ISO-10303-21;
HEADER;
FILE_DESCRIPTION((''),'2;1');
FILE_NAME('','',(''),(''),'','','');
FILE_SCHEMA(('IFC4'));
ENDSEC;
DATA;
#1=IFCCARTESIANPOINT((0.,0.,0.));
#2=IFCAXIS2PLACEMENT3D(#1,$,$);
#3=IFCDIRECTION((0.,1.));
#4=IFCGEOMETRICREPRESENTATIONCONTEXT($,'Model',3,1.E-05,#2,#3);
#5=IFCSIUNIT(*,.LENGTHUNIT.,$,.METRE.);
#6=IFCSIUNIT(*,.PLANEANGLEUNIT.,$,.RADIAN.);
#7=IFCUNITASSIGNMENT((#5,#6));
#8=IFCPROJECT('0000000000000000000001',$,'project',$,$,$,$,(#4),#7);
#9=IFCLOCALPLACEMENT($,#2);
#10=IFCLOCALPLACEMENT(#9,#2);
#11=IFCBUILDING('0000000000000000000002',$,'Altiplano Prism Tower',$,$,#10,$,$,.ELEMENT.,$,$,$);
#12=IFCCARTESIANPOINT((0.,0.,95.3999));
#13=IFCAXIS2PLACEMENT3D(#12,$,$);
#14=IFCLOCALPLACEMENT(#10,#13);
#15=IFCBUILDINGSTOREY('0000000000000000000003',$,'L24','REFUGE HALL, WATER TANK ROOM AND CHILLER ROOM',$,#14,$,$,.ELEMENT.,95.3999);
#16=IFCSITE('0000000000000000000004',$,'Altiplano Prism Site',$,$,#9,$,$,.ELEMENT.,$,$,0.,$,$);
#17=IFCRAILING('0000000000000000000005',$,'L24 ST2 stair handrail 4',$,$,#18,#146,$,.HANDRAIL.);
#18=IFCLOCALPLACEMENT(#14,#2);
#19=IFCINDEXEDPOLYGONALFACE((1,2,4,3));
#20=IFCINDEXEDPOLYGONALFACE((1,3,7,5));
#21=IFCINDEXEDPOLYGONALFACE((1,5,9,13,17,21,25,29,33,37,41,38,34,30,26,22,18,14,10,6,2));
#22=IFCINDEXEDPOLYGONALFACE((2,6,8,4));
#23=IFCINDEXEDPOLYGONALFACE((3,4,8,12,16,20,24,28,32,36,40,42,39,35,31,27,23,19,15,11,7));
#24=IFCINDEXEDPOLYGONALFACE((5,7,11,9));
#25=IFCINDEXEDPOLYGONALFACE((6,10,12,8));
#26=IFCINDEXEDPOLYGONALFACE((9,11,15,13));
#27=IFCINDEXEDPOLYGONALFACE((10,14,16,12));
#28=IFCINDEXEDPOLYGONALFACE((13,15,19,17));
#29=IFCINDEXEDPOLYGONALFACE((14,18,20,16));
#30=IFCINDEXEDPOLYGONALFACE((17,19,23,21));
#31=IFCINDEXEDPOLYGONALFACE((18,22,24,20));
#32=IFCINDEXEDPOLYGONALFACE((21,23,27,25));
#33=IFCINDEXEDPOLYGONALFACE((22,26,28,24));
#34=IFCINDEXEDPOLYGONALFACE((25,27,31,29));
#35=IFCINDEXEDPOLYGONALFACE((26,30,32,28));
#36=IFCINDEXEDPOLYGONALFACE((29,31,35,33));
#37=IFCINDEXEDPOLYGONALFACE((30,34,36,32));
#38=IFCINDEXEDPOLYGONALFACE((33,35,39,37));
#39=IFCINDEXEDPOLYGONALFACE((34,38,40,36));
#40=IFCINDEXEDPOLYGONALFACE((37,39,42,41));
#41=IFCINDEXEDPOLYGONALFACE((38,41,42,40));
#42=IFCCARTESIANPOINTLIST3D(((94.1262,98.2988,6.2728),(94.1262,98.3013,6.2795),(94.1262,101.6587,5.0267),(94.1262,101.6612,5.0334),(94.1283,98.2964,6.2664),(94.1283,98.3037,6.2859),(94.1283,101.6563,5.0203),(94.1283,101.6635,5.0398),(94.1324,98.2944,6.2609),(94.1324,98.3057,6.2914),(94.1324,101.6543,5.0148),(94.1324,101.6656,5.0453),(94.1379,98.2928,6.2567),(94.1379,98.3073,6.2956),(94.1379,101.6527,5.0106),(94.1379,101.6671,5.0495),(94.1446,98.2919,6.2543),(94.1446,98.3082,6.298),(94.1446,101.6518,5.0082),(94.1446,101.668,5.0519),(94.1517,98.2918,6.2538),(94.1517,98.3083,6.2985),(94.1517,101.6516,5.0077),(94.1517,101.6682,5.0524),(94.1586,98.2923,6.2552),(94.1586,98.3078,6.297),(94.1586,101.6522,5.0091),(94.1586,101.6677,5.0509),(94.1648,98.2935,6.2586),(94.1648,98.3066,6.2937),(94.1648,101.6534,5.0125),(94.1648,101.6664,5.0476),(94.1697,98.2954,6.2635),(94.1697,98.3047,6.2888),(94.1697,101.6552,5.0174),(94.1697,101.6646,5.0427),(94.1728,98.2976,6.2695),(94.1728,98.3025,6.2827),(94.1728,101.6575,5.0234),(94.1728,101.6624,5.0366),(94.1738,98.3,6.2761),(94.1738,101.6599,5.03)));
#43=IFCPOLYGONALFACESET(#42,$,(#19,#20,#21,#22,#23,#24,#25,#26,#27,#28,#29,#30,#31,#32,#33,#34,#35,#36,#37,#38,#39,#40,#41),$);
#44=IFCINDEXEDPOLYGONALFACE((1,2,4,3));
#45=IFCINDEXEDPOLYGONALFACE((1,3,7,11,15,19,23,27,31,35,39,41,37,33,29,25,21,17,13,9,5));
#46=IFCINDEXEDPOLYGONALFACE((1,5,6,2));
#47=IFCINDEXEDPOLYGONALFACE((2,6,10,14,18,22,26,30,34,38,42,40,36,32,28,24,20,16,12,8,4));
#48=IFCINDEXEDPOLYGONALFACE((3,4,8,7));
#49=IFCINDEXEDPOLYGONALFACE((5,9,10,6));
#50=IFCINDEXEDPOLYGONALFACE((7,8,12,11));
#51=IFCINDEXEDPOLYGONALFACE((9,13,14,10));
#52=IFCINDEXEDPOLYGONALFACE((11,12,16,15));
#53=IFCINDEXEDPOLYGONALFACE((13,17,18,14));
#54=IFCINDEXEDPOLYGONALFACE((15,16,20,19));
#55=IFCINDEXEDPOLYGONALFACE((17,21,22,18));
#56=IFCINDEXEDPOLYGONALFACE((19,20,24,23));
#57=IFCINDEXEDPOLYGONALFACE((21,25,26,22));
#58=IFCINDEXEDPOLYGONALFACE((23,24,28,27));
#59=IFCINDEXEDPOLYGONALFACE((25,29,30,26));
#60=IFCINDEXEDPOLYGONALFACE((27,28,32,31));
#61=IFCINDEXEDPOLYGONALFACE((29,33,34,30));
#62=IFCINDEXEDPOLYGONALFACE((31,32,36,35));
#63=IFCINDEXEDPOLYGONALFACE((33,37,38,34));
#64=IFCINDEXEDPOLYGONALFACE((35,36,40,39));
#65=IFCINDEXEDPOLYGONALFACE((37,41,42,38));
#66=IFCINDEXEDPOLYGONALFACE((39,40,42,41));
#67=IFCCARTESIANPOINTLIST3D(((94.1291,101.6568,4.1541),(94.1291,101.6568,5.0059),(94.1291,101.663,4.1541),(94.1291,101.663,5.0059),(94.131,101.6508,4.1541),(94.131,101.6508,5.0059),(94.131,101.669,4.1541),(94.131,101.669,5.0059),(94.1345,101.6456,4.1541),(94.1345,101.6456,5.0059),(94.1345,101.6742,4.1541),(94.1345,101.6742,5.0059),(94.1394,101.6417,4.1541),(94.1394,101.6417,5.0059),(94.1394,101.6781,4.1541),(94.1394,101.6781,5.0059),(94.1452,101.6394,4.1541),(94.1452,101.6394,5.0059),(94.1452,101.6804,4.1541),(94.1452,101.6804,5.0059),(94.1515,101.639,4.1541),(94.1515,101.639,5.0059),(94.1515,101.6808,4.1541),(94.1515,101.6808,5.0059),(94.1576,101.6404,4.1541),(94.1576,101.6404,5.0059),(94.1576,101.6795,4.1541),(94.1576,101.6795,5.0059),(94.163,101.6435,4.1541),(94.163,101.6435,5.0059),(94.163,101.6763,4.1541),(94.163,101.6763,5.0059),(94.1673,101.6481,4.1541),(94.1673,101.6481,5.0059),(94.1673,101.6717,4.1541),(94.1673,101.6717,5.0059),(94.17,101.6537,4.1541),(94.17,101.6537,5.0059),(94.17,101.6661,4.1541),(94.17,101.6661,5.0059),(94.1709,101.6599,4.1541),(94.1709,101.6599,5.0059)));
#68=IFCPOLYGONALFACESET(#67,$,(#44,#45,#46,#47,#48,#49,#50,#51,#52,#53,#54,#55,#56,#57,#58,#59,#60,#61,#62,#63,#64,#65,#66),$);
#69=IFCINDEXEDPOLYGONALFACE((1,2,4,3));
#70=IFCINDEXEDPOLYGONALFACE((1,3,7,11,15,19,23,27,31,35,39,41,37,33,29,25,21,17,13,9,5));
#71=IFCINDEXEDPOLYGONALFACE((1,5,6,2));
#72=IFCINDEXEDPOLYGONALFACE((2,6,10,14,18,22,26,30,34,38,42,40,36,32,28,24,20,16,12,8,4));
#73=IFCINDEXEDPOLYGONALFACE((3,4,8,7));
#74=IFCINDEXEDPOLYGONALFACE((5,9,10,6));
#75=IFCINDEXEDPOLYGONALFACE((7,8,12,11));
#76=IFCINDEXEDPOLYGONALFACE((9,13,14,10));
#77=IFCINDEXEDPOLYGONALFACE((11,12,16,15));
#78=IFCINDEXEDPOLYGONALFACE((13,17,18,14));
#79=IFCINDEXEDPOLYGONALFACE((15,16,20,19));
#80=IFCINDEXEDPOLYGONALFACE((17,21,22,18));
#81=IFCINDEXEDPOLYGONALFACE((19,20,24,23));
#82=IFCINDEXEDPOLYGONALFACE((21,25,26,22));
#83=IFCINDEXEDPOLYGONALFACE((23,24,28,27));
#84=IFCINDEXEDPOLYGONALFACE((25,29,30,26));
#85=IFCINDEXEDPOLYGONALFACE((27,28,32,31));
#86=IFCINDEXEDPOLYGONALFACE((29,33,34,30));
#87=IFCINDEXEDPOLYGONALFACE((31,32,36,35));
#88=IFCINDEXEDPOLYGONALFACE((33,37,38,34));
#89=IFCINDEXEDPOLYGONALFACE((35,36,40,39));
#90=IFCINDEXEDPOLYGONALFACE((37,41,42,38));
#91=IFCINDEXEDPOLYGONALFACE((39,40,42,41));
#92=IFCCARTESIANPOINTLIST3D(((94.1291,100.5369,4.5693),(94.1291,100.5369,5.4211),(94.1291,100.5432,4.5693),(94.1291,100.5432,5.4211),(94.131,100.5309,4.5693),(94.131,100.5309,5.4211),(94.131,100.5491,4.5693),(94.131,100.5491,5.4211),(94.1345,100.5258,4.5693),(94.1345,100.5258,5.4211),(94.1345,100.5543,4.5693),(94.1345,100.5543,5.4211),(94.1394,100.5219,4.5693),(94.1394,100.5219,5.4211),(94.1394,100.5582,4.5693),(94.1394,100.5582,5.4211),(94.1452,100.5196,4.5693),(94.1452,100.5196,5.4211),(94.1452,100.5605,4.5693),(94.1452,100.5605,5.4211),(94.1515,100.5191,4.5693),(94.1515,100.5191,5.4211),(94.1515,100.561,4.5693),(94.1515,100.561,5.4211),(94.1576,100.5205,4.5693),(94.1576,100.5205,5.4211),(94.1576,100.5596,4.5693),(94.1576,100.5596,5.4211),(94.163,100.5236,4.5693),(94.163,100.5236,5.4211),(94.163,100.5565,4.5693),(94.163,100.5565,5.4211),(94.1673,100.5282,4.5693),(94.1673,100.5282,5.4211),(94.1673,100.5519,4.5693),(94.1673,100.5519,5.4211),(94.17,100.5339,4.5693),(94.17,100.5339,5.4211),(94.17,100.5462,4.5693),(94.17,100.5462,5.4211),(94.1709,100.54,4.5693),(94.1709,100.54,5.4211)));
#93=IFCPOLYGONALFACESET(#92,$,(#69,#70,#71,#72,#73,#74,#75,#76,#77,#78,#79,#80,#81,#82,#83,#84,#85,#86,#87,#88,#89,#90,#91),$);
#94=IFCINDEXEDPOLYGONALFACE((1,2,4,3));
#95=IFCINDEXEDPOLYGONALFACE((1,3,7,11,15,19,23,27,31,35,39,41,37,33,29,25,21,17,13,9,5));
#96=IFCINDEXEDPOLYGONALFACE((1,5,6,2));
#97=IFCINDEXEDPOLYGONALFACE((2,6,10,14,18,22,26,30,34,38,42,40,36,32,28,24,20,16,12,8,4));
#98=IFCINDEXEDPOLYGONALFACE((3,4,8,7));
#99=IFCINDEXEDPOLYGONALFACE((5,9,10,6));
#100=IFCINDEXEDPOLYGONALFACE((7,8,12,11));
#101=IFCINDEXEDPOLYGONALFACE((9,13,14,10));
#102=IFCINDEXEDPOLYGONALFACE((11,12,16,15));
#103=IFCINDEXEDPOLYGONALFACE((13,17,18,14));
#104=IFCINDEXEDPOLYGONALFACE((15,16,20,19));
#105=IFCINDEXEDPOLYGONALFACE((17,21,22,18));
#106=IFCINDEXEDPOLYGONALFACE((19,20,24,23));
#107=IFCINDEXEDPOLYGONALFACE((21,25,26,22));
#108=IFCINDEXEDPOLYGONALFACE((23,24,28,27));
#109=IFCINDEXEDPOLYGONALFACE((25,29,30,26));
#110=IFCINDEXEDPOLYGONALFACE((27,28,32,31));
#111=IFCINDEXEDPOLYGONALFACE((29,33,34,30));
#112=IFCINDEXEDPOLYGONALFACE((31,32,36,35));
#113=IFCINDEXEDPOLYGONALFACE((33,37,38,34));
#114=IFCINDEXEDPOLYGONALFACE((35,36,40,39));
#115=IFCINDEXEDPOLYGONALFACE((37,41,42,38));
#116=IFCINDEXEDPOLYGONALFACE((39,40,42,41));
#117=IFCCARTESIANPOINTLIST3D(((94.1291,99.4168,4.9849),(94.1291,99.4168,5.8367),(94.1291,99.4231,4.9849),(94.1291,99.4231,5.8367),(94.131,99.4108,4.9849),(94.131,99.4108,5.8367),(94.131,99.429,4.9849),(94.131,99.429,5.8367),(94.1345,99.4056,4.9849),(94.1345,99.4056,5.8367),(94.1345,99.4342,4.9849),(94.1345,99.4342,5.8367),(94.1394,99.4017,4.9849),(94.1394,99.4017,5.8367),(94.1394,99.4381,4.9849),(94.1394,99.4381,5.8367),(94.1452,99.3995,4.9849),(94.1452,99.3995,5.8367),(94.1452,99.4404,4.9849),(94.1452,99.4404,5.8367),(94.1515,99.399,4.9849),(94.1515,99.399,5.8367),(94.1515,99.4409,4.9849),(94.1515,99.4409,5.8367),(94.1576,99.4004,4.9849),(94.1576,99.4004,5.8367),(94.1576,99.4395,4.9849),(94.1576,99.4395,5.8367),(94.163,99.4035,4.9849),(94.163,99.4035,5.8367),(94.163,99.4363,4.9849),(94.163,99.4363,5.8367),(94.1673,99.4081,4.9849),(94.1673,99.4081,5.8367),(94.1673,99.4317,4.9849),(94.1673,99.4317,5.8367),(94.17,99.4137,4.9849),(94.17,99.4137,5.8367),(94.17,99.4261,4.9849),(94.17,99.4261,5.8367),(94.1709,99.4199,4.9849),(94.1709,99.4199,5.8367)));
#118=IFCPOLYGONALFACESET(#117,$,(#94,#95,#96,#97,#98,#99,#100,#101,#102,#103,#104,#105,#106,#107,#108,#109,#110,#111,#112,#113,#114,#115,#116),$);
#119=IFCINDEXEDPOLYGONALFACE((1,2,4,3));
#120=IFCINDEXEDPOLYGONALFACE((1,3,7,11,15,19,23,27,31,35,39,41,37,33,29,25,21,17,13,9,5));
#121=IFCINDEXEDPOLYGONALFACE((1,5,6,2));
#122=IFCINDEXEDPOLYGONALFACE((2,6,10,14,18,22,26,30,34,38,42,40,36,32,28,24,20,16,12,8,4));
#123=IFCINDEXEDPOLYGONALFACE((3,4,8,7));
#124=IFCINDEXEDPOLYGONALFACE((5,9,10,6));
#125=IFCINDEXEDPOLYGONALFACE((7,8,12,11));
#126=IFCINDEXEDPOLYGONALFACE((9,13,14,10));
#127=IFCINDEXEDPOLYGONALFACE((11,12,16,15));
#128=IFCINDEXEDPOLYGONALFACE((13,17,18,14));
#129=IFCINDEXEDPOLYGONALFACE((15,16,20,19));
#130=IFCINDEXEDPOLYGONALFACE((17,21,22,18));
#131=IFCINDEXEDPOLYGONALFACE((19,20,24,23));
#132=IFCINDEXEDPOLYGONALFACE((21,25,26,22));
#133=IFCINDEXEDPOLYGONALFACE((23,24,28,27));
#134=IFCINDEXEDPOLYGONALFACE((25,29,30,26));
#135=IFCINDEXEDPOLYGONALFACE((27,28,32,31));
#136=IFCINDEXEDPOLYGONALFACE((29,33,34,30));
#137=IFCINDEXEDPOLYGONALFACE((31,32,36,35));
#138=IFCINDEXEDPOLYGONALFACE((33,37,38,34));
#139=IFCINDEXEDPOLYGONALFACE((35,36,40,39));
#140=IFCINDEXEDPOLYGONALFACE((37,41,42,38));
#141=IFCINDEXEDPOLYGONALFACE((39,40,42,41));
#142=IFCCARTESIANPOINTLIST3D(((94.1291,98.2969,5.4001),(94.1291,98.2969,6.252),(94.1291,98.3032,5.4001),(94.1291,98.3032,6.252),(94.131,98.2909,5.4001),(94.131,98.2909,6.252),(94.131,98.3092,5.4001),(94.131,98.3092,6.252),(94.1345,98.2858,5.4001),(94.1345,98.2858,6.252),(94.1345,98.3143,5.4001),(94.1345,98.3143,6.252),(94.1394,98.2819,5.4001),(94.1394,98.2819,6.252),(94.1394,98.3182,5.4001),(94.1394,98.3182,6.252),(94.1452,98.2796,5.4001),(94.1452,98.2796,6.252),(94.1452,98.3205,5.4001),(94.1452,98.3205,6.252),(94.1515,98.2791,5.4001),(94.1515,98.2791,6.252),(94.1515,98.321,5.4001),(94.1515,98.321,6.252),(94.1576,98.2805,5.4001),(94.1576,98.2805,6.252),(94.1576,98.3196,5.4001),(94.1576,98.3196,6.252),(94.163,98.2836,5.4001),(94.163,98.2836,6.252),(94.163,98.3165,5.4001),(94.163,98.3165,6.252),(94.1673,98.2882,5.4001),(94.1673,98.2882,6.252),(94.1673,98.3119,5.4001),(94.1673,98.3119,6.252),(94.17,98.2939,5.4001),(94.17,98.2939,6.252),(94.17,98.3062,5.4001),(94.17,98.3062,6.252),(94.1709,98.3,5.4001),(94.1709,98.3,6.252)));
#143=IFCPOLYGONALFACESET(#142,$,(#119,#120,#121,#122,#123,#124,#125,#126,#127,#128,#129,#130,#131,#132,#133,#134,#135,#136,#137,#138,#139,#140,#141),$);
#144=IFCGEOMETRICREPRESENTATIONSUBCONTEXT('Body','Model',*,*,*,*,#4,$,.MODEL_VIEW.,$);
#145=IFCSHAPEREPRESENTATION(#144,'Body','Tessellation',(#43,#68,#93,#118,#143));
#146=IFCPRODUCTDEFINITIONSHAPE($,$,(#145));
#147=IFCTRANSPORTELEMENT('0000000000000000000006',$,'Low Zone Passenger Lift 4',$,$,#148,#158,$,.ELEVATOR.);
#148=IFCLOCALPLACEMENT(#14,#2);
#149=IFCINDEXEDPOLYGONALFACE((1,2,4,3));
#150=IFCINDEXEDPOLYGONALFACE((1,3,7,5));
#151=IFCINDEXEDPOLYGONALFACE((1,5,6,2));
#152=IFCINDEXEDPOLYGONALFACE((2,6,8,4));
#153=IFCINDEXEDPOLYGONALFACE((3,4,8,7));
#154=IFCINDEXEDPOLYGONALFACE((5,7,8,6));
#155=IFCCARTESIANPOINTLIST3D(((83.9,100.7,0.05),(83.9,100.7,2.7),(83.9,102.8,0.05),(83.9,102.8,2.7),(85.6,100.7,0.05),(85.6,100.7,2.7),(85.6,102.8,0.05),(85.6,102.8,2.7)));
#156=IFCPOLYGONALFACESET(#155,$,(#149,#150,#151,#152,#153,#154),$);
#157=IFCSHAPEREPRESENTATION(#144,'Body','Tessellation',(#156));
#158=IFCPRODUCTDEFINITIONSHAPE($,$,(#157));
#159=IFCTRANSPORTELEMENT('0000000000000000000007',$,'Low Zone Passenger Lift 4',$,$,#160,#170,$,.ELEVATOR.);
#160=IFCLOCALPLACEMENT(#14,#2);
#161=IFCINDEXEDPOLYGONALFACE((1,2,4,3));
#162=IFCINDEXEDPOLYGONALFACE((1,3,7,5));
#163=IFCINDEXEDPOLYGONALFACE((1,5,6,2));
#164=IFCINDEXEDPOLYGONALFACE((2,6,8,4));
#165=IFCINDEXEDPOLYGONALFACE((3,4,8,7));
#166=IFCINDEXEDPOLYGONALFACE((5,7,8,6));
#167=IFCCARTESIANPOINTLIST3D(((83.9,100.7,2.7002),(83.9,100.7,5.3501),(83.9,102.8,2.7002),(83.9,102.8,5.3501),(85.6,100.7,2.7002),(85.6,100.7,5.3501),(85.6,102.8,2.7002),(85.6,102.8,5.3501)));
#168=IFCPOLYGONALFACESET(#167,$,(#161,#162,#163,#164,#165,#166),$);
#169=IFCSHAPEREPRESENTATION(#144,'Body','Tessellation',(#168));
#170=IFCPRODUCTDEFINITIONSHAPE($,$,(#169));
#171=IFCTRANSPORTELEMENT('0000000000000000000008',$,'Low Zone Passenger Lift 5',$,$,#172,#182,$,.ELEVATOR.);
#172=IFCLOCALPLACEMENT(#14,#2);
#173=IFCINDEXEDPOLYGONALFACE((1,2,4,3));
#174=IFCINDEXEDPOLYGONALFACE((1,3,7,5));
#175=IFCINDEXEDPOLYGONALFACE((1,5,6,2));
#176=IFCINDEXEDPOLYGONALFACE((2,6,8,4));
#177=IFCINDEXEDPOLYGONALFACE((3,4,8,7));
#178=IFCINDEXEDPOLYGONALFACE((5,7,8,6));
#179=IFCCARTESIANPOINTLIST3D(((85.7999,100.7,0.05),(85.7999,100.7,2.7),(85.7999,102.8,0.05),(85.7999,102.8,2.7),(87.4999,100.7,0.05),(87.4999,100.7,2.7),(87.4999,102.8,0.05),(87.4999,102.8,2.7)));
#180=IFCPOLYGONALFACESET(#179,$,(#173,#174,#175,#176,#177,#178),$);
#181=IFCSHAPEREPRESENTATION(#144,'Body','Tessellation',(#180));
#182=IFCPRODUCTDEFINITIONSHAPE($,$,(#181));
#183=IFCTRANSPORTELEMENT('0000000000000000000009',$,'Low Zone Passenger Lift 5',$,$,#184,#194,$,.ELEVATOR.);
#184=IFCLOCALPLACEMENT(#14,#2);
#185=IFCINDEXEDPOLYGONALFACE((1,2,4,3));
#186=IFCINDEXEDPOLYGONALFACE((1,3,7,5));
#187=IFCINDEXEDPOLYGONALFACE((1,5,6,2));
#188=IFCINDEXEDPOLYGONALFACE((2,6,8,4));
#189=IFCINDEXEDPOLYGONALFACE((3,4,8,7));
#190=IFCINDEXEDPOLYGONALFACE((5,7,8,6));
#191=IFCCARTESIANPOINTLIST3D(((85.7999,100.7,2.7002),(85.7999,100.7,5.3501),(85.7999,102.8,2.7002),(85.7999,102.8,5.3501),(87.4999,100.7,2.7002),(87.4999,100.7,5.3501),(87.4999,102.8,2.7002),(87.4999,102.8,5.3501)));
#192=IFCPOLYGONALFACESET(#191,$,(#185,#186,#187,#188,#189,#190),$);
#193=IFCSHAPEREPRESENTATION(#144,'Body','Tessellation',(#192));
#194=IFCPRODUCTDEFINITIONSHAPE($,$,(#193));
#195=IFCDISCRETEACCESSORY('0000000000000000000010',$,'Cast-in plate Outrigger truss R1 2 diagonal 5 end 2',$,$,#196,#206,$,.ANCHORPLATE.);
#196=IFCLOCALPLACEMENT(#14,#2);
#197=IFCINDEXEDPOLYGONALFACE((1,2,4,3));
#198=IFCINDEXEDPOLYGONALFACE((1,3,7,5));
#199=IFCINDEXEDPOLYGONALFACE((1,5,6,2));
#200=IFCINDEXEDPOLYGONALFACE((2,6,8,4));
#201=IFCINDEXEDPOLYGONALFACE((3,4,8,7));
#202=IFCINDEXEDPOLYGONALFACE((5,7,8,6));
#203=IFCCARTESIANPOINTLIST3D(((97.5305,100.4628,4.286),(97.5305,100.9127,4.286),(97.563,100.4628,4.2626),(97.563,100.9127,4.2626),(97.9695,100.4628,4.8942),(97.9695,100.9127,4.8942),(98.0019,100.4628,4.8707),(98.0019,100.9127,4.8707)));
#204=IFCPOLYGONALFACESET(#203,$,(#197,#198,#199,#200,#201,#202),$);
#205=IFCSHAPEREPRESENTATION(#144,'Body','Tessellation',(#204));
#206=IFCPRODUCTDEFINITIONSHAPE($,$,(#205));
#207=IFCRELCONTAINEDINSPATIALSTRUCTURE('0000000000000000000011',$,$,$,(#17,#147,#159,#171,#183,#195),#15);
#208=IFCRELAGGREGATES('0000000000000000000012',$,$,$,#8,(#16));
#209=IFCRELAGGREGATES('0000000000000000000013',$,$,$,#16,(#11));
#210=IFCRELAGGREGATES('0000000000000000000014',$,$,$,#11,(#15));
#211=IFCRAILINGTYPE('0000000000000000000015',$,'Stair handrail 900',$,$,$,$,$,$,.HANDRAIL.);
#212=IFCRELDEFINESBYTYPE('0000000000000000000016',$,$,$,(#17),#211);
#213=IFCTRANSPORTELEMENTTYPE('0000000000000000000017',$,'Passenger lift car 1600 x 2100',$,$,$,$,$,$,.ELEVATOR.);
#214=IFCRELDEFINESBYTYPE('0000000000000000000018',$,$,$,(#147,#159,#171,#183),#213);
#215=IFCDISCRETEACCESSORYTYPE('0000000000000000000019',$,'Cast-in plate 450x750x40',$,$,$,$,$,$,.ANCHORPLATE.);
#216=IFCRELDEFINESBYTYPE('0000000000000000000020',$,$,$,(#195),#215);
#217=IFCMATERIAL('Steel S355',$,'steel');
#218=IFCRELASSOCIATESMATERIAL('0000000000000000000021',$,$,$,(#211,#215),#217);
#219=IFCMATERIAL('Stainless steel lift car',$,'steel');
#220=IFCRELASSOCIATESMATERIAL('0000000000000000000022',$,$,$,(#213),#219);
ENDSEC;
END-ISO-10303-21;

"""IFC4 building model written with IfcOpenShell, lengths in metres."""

from ifc_helpers import new_model, si_unit, direction, frame, origin, origin_2d, place, context, subcontext, project, spatial, rectangle, circle, extrude, material, material_profile, profile_set, type_object, element, save


model = new_model("IFC4")

# Units and contexts
model_context = context("Model", 3, precision=1e-05, world=origin(), true_north=direction((0.0, 1.0)))
body_context = subcontext(model_context, "Body", "Model", "MODEL_VIEW")
ifc_project = project(units=[si_unit("LENGTHUNIT", "METRE"), si_unit("PLANEANGLEUNIT", "RADIAN")], contexts=[model_context])

# Site, building, storey
site_placement = place(None, origin())
site = spatial("IfcSite", under=ifc_project, at=site_placement, Name="Altiplano Prism Site", CompositionType="ELEMENT", RefElevation=0.0)
building_placement = place(site_placement, origin())
building = spatial("IfcBuilding", under=site, at=building_placement, Name="Altiplano Prism Tower", CompositionType="ELEMENT")
storey_placement = place(building_placement, frame((0.0, 0.0, 95.3999)))
storey = spatial("IfcBuildingStorey", under=building, at=storey_placement, Name="L24", Description="REFUGE HALL, WATER TANK ROOM AND CHILLER ROOM", CompositionType="ELEMENT", Elevation=95.3999)

# Shared definitions
ifc_material_1 = material(Name="Steel S355", Category="steel")

# Railing
railing_type = type_object("IfcRailingType", Name="Stair handrail 900", PredefinedType="HANDRAIL", material=ifc_material_1)
railing_1_placement = place(storey_placement, frame((94.1499, 101.6599, 4.1541)))
element("IfcRailing", 1, at=railing_1_placement, inside=storey, type_object=railing_type, Name="L24 ST2 stair handrail 4", PredefinedType="HANDRAIL", context=body_context, shape_type="SweptSolid", body=[
    extrude(circle(Radius=0.0239, at=origin_2d()), frame((0.0, 0.0, 0.876), z_axis=(0.0, -0.937594, 0.347731), x_axis=(1.0, 0.0, 0.0)), (0.0, 0.0, 1.0), 3.5835),
    extrude(circle(Radius=0.021, at=origin_2d()), origin(), (0.0, 0.0, 1.0), 0.8518),
    extrude(circle(Radius=0.021, at=origin_2d()), frame((0.0, -1.1199, 0.4153)), (0.0, 0.0, 1.0), 0.8518),
    extrude(circle(Radius=0.021, at=origin_2d()), frame((0.0, -2.24, 0.8308)), (0.0, 0.0, 1.0), 0.8518),
    extrude(circle(Radius=0.021, at=origin_2d()), frame((0.0, -3.3599, 1.2461)), (0.0, 0.0, 1.0), 0.8518),
])

# Transport elements
ifc_material_2 = material(Name="Stainless steel lift car", Category="steel")
transport_element_type = type_object("IfcTransportElementType", Name="Passenger lift car 1600 x 2100", PredefinedType="ELEVATOR", material=ifc_material_2)
for number, where, z_axis, x_axis, name in (
    (2, (84.75, 101.75, 0.05), (0.0, 0.0, 1.0), (1.0, 0.0, 0.0), "Low Zone Passenger Lift 4"),
    (3, (84.75, 101.75, 2.7002), (0.0, 0.0, 1.0), (1.0, 0.0, 0.0), "Low Zone Passenger Lift 4"),
    (4, (86.6499, 101.75, 0.05), (0.0, 0.0, 1.0), (1.0, 0.0, 0.0), "Low Zone Passenger Lift 5"),
    (5, (86.6499, 101.75, 2.7002), (0.0, 0.0, 1.0), (1.0, 0.0, 0.0), "Low Zone Passenger Lift 5"),
):
    element("IfcTransportElement", number, at=place(storey_placement, frame(where, z_axis=z_axis, x_axis=x_axis)), inside=storey, type_object=transport_element_type, Name=name, PredefinedType="ELEVATOR", context=body_context, shape_type="SweptSolid", body=[
        extrude(rectangle(XDim=1.7, YDim=2.1001, at=origin_2d()), origin(), (0.0, 0.0, 1.0), 2.6499),
    ])

# Discrete accessory
ifc_material_profile_1 = material_profile(ifc_material_1, rectangle(XDim=0.45, YDim=0.75, at=origin_2d()), Name="Cast-in plate 450x750x40")
ifc_profile_set_1 = profile_set([ifc_material_profile_1], Name="Steel S355")
discrete_accessory_type_1 = type_object("IfcDiscreteAccessoryType", Name="Cast-in plate 450x750x40", PredefinedType="ANCHORPLATE", material=ifc_profile_set_1)
discrete_accessory_placement = place(storey_placement, frame((97.75, 100.6877, 4.5901), z_axis=(0.81084, 0.0, -0.585268), x_axis=(0.0, 1.0, 0.0)))
element("IfcDiscreteAccessory", 6, at=discrete_accessory_placement, inside=storey, type_object=discrete_accessory_type_1, Name="Cast-in plate Outrigger truss R1 2 diagonal 5 end 2", PredefinedType="ANCHORPLATE", context=body_context, shape_type="SweptSolid", body=[
    extrude(rectangle(XDim=0.45, YDim=0.75, at=origin_2d()), origin(), (0.0, 0.0, 1.0), 0.04),
])

save(model, "model.ifc")
